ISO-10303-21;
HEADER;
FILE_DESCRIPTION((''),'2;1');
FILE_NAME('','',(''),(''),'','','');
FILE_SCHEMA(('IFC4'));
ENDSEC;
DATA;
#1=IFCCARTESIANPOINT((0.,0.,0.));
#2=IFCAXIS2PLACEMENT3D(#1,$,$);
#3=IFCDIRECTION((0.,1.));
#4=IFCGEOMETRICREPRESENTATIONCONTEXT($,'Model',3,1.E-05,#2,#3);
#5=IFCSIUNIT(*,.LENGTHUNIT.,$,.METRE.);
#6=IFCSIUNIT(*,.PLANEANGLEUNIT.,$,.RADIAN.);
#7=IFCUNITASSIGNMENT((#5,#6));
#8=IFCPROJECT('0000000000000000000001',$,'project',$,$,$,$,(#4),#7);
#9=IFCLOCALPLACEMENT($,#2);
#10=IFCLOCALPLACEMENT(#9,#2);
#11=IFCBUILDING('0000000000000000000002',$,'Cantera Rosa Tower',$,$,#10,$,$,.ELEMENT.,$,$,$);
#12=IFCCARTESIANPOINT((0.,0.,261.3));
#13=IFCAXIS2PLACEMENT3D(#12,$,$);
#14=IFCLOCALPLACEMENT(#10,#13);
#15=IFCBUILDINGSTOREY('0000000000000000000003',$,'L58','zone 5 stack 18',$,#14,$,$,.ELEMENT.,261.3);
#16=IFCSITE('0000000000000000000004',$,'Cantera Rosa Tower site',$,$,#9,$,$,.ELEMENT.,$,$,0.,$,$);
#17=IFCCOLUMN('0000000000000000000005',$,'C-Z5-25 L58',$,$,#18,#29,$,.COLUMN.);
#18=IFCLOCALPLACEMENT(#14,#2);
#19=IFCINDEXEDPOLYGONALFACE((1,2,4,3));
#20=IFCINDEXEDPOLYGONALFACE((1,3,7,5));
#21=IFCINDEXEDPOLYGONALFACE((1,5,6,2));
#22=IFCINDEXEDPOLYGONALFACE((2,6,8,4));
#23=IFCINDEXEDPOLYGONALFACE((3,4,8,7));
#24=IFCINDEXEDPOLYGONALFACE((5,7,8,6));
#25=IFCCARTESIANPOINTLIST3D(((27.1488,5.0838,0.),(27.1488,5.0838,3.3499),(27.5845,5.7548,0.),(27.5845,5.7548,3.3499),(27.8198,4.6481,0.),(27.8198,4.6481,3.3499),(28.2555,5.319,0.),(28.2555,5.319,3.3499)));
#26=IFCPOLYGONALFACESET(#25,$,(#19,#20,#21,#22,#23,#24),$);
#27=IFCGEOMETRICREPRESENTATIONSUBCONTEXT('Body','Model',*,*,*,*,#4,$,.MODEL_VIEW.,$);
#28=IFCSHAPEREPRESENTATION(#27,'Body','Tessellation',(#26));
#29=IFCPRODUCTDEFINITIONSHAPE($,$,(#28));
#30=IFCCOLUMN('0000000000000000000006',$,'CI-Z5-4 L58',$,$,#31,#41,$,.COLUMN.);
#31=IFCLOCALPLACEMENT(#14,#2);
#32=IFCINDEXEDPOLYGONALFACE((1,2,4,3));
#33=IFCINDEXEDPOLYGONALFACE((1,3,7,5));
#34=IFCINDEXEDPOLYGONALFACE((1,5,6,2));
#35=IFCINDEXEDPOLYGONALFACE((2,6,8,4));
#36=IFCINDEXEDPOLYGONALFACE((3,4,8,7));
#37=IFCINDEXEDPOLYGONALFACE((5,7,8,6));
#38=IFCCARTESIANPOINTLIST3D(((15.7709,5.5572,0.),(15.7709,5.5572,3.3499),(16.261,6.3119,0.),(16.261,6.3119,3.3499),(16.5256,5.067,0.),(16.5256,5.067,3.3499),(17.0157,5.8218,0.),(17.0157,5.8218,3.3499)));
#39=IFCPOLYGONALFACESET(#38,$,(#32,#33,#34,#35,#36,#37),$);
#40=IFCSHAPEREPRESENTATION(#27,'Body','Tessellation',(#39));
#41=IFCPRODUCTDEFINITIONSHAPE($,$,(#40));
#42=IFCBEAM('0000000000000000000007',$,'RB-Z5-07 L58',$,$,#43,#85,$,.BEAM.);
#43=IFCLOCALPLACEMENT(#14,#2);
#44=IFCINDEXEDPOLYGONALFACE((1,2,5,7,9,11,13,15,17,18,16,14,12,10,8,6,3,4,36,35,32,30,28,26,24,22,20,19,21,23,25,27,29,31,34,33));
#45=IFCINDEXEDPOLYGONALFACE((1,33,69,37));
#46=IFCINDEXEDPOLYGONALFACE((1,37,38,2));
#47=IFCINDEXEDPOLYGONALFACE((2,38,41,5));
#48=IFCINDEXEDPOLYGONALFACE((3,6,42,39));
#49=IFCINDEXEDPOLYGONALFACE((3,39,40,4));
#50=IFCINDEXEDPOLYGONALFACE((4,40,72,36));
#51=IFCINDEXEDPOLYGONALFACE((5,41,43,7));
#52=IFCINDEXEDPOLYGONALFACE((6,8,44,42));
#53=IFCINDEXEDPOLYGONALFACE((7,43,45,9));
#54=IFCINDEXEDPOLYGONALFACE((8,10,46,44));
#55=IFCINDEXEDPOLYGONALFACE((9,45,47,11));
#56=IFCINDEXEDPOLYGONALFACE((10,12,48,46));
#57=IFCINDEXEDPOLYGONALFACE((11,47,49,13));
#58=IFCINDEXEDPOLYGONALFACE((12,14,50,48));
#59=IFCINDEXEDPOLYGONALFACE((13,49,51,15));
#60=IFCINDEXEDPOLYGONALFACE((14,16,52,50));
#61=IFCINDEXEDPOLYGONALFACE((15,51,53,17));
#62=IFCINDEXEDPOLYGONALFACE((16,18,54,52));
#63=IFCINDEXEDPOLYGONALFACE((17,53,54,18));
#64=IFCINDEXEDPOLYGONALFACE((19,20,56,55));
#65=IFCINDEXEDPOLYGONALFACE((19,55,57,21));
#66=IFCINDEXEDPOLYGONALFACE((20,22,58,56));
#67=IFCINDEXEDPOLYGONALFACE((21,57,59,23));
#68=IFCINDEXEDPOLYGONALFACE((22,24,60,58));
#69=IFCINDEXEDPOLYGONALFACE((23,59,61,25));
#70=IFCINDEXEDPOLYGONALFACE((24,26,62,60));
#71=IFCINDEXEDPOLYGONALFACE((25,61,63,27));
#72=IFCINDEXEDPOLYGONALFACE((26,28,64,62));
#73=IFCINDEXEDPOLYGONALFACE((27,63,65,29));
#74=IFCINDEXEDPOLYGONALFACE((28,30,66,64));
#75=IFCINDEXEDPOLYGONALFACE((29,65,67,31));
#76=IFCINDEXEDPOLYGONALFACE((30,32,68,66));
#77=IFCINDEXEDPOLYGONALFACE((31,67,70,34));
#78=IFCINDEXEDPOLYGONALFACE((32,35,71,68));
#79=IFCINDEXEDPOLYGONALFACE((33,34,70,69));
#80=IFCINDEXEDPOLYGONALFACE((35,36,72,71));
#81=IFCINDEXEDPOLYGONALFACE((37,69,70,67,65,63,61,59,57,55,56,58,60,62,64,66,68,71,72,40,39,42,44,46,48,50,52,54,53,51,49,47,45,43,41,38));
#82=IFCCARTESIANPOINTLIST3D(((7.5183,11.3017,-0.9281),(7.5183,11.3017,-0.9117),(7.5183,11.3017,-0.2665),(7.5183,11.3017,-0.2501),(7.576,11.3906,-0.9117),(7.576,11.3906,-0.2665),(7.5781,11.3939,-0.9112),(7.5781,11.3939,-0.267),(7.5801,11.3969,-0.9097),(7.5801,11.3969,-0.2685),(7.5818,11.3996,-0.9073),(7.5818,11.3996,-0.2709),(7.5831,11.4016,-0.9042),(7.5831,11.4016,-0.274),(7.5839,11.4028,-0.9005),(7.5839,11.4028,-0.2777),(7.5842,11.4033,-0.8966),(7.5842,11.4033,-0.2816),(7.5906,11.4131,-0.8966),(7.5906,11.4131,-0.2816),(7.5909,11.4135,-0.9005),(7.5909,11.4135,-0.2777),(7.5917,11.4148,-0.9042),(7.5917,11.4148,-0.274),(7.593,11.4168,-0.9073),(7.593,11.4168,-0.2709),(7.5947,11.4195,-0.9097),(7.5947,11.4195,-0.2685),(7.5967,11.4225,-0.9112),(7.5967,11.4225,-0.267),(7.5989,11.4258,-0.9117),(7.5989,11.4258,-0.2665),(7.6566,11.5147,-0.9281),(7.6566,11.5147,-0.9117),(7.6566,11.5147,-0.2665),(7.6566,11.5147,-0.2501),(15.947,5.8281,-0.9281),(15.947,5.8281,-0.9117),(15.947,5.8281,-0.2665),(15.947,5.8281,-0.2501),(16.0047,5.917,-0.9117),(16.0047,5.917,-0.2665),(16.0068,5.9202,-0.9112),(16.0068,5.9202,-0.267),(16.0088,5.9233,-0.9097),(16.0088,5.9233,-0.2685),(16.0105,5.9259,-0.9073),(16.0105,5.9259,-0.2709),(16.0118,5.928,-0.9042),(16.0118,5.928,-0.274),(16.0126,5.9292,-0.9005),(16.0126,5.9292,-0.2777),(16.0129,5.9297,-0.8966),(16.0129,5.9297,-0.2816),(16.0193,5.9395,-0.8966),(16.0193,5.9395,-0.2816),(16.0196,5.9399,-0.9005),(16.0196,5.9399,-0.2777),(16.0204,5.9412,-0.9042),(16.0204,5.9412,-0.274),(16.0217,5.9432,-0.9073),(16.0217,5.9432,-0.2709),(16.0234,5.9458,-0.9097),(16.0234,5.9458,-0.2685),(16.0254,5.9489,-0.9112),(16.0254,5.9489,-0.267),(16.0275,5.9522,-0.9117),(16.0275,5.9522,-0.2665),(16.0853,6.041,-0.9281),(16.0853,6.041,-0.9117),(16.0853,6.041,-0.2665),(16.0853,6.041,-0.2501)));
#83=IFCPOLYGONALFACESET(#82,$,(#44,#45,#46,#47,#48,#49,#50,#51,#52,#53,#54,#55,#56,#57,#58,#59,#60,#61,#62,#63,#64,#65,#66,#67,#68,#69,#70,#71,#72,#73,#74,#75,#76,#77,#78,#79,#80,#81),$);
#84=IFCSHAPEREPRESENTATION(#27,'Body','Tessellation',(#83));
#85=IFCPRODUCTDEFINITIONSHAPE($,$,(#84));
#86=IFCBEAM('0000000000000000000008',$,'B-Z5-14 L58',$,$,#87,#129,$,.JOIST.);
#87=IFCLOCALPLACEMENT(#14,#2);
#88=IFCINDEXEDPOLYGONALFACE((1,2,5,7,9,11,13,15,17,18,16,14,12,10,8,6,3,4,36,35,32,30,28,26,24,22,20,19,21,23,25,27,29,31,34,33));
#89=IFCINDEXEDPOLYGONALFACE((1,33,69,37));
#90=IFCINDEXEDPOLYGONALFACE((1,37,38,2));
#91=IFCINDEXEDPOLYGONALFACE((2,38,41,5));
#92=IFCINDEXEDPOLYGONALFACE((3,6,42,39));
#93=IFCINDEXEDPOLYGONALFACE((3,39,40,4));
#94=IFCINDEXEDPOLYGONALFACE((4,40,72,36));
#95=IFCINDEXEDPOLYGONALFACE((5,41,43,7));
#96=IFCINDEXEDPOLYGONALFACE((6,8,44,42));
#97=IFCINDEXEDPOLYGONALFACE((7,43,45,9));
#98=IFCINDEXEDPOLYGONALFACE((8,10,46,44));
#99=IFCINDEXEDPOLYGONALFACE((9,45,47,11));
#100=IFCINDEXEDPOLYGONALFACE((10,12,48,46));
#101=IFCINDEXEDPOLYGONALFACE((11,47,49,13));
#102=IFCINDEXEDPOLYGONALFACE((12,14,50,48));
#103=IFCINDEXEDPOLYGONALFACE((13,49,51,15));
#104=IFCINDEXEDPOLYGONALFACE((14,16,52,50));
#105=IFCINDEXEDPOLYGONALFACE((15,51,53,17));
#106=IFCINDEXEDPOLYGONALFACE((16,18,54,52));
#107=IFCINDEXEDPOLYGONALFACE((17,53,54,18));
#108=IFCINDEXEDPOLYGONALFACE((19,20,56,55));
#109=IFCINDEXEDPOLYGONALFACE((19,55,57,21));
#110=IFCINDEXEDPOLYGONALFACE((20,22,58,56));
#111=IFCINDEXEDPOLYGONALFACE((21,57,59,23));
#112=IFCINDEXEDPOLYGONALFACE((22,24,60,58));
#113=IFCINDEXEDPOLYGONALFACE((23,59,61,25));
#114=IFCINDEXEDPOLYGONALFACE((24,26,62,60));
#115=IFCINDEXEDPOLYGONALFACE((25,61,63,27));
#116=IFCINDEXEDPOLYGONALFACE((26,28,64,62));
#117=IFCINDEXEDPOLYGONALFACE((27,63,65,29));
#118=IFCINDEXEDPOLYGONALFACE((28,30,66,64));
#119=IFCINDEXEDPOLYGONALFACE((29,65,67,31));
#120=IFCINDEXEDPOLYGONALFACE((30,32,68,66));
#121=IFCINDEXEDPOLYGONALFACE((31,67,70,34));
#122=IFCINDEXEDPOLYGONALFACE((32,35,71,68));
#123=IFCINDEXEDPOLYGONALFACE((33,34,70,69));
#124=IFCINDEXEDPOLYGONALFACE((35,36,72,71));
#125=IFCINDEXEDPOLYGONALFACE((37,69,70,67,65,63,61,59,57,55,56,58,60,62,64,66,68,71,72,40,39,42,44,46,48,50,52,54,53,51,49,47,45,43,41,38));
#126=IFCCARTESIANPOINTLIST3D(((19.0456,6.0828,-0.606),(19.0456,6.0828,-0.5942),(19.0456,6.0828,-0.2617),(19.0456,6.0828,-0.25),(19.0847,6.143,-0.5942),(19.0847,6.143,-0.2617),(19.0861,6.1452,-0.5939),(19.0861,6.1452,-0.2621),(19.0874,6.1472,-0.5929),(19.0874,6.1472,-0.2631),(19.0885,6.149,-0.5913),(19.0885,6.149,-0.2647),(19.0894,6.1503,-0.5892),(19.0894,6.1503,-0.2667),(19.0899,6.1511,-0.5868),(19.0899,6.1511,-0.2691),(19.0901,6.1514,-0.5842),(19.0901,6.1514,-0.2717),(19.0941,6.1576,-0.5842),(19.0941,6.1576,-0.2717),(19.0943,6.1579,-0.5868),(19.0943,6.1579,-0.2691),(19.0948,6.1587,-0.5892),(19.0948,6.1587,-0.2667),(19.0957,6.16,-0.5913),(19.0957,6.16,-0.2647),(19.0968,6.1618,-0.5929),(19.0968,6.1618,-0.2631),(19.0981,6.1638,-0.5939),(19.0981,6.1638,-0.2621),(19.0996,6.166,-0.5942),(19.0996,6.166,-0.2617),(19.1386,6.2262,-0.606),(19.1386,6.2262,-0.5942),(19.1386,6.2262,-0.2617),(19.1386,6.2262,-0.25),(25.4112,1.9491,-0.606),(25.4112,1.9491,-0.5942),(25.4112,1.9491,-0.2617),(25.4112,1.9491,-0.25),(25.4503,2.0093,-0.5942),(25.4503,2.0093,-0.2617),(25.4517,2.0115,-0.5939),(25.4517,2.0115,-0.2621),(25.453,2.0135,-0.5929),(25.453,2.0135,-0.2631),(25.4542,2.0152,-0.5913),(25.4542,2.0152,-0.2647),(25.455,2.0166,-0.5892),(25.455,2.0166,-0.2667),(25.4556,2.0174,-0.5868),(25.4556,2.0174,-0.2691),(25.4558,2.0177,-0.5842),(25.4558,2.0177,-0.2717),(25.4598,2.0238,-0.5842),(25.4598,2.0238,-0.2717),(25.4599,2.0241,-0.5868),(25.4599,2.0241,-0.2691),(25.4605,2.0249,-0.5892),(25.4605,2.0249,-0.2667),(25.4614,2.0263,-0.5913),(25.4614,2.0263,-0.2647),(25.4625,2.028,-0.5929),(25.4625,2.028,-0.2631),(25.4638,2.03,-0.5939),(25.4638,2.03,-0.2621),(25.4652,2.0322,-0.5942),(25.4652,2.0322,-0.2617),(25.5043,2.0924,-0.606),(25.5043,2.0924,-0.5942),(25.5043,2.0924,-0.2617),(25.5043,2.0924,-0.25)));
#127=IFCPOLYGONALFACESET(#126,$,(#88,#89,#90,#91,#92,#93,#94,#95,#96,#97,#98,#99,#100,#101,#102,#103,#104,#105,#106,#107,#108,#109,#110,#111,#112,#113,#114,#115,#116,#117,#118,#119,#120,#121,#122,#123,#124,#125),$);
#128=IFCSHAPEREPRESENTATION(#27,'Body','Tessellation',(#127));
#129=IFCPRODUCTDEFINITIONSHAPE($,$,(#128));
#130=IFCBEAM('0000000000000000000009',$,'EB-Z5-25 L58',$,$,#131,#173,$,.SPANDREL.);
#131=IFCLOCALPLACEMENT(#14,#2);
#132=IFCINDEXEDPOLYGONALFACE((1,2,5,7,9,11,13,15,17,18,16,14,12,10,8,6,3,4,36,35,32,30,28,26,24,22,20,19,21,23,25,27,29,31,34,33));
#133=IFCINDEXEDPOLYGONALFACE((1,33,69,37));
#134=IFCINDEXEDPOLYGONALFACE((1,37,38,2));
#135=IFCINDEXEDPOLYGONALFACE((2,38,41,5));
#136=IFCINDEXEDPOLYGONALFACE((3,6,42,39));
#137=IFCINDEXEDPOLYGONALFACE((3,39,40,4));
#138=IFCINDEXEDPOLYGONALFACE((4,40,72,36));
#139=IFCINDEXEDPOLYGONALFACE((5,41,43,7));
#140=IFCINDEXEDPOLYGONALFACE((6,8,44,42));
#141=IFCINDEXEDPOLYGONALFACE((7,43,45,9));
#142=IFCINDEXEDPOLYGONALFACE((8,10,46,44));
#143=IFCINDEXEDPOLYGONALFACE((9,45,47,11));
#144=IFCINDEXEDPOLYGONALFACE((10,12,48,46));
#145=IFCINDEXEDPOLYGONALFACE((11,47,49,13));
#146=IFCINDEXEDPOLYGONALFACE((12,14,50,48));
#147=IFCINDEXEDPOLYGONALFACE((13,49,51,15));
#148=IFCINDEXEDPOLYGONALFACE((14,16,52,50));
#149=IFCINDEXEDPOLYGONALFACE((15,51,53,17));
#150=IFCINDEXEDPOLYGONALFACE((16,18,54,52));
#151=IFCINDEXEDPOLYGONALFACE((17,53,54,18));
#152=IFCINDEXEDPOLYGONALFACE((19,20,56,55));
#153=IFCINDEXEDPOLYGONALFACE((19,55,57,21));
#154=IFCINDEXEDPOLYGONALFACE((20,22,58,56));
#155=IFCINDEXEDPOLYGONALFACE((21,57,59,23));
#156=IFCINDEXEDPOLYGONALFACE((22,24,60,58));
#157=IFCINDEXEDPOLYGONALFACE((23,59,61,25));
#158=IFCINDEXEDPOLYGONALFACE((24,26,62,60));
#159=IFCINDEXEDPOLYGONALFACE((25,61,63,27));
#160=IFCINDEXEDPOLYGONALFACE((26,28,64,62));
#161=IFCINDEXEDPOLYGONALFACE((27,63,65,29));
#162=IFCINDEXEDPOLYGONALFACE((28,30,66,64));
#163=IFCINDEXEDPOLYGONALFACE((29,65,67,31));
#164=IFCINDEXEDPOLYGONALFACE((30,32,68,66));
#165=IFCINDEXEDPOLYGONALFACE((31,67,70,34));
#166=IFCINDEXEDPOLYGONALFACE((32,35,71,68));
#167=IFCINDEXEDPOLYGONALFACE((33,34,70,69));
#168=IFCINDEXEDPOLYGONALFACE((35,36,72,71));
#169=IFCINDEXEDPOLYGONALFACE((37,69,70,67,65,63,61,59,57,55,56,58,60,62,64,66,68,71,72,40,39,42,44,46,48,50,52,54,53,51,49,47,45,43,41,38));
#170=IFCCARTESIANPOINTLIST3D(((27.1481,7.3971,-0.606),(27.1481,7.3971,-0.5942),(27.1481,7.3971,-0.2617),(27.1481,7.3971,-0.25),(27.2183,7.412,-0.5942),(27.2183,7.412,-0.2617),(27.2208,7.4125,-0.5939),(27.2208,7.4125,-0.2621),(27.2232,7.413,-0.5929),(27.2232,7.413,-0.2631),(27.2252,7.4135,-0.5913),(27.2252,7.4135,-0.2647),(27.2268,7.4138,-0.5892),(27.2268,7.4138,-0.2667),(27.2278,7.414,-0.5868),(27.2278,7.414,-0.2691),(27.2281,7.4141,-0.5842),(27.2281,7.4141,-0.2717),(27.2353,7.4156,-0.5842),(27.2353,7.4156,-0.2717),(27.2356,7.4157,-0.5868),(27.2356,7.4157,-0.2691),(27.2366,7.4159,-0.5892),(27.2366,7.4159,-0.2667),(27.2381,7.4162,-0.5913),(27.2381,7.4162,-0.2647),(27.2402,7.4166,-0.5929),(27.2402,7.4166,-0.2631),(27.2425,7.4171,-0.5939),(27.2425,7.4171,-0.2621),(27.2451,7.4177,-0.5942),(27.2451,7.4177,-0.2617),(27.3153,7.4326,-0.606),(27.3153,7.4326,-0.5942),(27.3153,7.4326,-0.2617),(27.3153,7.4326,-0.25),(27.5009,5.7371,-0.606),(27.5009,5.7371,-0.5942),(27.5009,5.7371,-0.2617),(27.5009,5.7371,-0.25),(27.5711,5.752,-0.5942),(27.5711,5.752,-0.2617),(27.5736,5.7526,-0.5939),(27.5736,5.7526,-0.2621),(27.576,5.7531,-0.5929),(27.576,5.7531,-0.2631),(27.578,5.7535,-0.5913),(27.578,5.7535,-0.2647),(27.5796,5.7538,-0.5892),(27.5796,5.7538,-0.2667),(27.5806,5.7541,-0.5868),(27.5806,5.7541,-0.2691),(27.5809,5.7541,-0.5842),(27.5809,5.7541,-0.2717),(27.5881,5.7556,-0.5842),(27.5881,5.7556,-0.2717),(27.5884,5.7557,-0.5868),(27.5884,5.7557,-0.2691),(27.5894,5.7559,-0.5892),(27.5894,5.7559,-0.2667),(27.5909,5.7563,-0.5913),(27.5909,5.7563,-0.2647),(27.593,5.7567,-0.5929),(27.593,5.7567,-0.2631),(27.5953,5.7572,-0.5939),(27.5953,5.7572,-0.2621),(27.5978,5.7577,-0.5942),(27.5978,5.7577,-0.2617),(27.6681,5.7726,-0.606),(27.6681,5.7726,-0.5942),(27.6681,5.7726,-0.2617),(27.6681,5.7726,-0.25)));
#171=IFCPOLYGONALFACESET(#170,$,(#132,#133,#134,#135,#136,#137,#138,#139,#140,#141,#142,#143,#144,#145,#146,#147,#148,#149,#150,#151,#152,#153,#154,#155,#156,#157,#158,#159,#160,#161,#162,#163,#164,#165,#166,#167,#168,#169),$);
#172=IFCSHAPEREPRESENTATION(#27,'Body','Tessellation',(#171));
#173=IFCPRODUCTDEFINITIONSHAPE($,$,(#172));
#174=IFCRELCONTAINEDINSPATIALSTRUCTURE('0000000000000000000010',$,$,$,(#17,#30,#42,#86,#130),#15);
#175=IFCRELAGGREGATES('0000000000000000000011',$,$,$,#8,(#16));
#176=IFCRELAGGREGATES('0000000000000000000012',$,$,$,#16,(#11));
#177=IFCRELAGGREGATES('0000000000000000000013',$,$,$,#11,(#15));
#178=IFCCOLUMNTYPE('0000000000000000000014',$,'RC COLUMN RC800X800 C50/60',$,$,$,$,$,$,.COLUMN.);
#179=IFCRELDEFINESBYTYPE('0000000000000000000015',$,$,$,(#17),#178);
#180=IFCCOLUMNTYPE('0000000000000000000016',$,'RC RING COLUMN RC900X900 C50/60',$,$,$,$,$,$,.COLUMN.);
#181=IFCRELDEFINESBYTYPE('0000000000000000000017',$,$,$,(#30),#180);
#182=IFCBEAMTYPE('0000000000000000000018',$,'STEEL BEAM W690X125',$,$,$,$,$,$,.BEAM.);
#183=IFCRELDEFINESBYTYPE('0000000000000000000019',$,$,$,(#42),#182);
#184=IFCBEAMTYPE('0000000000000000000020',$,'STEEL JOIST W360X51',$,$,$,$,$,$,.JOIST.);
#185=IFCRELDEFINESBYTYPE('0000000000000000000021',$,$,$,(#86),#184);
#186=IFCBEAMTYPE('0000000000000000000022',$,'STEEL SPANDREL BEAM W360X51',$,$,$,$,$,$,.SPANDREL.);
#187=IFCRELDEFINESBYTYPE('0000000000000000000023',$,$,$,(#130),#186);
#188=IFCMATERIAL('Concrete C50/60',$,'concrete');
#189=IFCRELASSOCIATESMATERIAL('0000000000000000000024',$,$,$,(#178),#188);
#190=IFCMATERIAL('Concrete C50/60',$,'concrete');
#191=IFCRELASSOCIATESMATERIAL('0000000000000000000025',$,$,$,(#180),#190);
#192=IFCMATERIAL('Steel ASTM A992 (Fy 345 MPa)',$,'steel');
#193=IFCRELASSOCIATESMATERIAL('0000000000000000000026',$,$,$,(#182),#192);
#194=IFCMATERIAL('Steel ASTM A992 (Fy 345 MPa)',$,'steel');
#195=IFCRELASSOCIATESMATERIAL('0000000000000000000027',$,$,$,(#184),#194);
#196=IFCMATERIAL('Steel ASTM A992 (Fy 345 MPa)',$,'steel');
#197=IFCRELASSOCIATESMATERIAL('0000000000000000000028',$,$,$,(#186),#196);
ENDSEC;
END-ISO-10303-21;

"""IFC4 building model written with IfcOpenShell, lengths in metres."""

from ifc_helpers import new_model, si_unit, direction, frame, origin, origin_2d, place, context, subcontext, project, spatial, rectangle, i_section, extrude, material, material_profile, profile_set, type_object, element, save


model = new_model("IFC4")

# Units and contexts
model_context = context("Model", 3, precision=1e-05, world=origin(), true_north=direction((0.0, 1.0)))
body_context = subcontext(model_context, "Body", "Model", "MODEL_VIEW")
ifc_project = project(units=[si_unit("LENGTHUNIT", "METRE"), si_unit("PLANEANGLEUNIT", "RADIAN")], contexts=[model_context])

# Site, building, storey
site_placement = place(None, origin())
site = spatial("IfcSite", under=ifc_project, at=site_placement, Name="Cantera Rosa Tower site", CompositionType="ELEMENT", RefElevation=0.0)
building_placement = place(site_placement, origin())
building = spatial("IfcBuilding", under=site, at=building_placement, Name="Cantera Rosa Tower", CompositionType="ELEMENT")
storey_placement = place(building_placement, frame((0.0, 0.0, 261.3)))
storey = spatial("IfcBuildingStorey", under=building, at=storey_placement, Name="L58", Description="zone 5 stack 18", CompositionType="ELEMENT", Elevation=261.3)

# Columns
ifc_material_1 = material(Name="Concrete C50/60", Category="concrete")
ifc_material_profile_1 = material_profile(ifc_material_1, rectangle(XDim=0.8, YDim=0.8, at=origin_2d()), Name="RC COLUMN RC800X800 C50/60")
ifc_profile_set_1 = profile_set([ifc_material_profile_1], Name="Concrete C50/60")
column_type_1 = type_object("IfcColumnType", Name="RC COLUMN RC800X800 C50/60", PredefinedType="COLUMN", material=ifc_profile_set_1)
column_1_placement = place(storey_placement, frame((27.7021, 5.2014, 0.0), z_axis=(0.0, 0.0, 1.0), x_axis=(0.544639, 0.838671, 0.0)))
element("IfcColumn", 1, at=column_1_placement, inside=storey, type_object=column_type_1, Name="C-Z5-25 L58", PredefinedType="COLUMN", context=body_context, shape_type="SweptSolid", body=[
    extrude(rectangle(XDim=0.8, YDim=0.8, at=origin_2d()), origin(), (0.0, 0.0, 1.0), 3.3499),
])
ifc_material_2 = material(Name="Concrete C50/60", Category="concrete")
ifc_material_profile_2 = material_profile(ifc_material_2, rectangle(XDim=0.8999, YDim=0.8999, at=origin_2d()), Name="RC RING COLUMN RC900X900 C50/60")
ifc_profile_set_2 = profile_set([ifc_material_profile_2], Name="Concrete C50/60")
column_type_2 = type_object("IfcColumnType", Name="RC RING COLUMN RC900X900 C50/60", PredefinedType="COLUMN", material=ifc_profile_set_2)
column_2_placement = place(storey_placement, frame((16.3933, 5.6895, 0.0), z_axis=(0.0, 0.0, 1.0), x_axis=(0.544639, 0.838671, 0.0)))
element("IfcColumn", 2, at=column_2_placement, inside=storey, type_object=column_type_2, Name="CI-Z5-4 L58", PredefinedType="COLUMN", context=body_context, shape_type="SweptSolid", body=[
    extrude(rectangle(XDim=0.8999, YDim=0.8999, at=origin_2d()), origin(), (0.0, 0.0, 1.0), 3.3499),
])

# Beams
ifc_material_3 = material(Name="Steel ASTM A992 (Fy 345 MPa)", Category="steel")
ifc_material_profile_3 = material_profile(ifc_material_3, i_section(OverallWidth=0.2539, OverallDepth=0.678, WebThickness=0.0117, FlangeThickness=0.0164, FilletRadius=0.0151, at=origin_2d()), Name="W690X125")
ifc_profile_set_3 = profile_set([ifc_material_profile_3], Name="Steel ASTM A992 (Fy 345 MPa)")
beam_type_1 = type_object("IfcBeamType", Name="STEEL BEAM W690X125", PredefinedType="BEAM", material=ifc_profile_set_3)
beam_1_placement = place(storey_placement, frame((16.0161, 5.9346, -0.5891), z_axis=(-0.838672, 0.544637, 0.0), x_axis=(-0.544637, -0.838672, 0.0)))
element("IfcBeam", 3, at=beam_1_placement, inside=storey, type_object=beam_type_1, Name="RB-Z5-07 L58", PredefinedType="BEAM", context=body_context, shape_type="SweptSolid", body=[
    extrude(i_section(OverallWidth=0.2539, OverallDepth=0.678, WebThickness=0.0117, FlangeThickness=0.0164, FilletRadius=0.0151, at=origin_2d()), origin(), (0.0, 0.0, 1.0), 10.05),
])
ifc_material_4 = material(Name="Steel ASTM A992 (Fy 345 MPa)", Category="steel")
ifc_material_profile_4 = material_profile(ifc_material_4, i_section(OverallWidth=0.1709, OverallDepth=0.356, WebThickness=0.0073, FlangeThickness=0.0117, FilletRadius=0.01, at=origin_2d()), Name="W360X51")
ifc_profile_set_4 = profile_set([ifc_material_profile_4], Name="Steel ASTM A992 (Fy 345 MPa)")
beam_type_2 = type_object("IfcBeamType", Name="STEEL JOIST W360X51", PredefinedType="JOIST", material=ifc_profile_set_4)
beam_2_placement = place(storey_placement, frame((25.4578, 2.0208, -0.428), z_axis=(-0.83868, 0.544624, 0.0), x_axis=(-0.544624, -0.83868, 0.0)))
element("IfcBeam", 4, at=beam_2_placement, inside=storey, type_object=beam_type_2, Name="B-Z5-14 L58", PredefinedType="JOIST", context=body_context, shape_type="SweptSolid", body=[
    extrude(i_section(OverallWidth=0.1709, OverallDepth=0.356, WebThickness=0.0073, FlangeThickness=0.0117, FilletRadius=0.01, at=origin_2d()), origin(), (0.0, 0.0, 1.0), 7.5901),
])
ifc_material_5 = material(Name="Steel ASTM A992 (Fy 345 MPa)", Category="steel")
ifc_material_profile_5 = material_profile(ifc_material_5, i_section(OverallWidth=0.1709, OverallDepth=0.356, WebThickness=0.0073, FlangeThickness=0.0117, FilletRadius=0.01, at=origin_2d()), Name="W360X51")
ifc_profile_set_5 = profile_set([ifc_material_profile_5], Name="Steel ASTM A992 (Fy 345 MPa)")
beam_type_3 = type_object("IfcBeamType", Name="STEEL SPANDREL BEAM W360X51", PredefinedType="SPANDREL", material=ifc_profile_set_5)
beam_3_placement = place(storey_placement, frame((27.5845, 5.7549, -0.428), z_axis=(-0.207888, 0.978153, 0.0), x_axis=(-0.978153, -0.207888, 0.0)))
element("IfcBeam", 5, at=beam_3_placement, inside=storey, type_object=beam_type_3, Name="EB-Z5-25 L58", PredefinedType="SPANDREL", context=body_context, shape_type="SweptSolid", body=[
    extrude(i_section(OverallWidth=0.1709, OverallDepth=0.356, WebThickness=0.0073, FlangeThickness=0.0117, FilletRadius=0.01, at=origin_2d()), origin(), (0.0, 0.0, 1.0), 1.697),
])

save(model, "model.ifc")
